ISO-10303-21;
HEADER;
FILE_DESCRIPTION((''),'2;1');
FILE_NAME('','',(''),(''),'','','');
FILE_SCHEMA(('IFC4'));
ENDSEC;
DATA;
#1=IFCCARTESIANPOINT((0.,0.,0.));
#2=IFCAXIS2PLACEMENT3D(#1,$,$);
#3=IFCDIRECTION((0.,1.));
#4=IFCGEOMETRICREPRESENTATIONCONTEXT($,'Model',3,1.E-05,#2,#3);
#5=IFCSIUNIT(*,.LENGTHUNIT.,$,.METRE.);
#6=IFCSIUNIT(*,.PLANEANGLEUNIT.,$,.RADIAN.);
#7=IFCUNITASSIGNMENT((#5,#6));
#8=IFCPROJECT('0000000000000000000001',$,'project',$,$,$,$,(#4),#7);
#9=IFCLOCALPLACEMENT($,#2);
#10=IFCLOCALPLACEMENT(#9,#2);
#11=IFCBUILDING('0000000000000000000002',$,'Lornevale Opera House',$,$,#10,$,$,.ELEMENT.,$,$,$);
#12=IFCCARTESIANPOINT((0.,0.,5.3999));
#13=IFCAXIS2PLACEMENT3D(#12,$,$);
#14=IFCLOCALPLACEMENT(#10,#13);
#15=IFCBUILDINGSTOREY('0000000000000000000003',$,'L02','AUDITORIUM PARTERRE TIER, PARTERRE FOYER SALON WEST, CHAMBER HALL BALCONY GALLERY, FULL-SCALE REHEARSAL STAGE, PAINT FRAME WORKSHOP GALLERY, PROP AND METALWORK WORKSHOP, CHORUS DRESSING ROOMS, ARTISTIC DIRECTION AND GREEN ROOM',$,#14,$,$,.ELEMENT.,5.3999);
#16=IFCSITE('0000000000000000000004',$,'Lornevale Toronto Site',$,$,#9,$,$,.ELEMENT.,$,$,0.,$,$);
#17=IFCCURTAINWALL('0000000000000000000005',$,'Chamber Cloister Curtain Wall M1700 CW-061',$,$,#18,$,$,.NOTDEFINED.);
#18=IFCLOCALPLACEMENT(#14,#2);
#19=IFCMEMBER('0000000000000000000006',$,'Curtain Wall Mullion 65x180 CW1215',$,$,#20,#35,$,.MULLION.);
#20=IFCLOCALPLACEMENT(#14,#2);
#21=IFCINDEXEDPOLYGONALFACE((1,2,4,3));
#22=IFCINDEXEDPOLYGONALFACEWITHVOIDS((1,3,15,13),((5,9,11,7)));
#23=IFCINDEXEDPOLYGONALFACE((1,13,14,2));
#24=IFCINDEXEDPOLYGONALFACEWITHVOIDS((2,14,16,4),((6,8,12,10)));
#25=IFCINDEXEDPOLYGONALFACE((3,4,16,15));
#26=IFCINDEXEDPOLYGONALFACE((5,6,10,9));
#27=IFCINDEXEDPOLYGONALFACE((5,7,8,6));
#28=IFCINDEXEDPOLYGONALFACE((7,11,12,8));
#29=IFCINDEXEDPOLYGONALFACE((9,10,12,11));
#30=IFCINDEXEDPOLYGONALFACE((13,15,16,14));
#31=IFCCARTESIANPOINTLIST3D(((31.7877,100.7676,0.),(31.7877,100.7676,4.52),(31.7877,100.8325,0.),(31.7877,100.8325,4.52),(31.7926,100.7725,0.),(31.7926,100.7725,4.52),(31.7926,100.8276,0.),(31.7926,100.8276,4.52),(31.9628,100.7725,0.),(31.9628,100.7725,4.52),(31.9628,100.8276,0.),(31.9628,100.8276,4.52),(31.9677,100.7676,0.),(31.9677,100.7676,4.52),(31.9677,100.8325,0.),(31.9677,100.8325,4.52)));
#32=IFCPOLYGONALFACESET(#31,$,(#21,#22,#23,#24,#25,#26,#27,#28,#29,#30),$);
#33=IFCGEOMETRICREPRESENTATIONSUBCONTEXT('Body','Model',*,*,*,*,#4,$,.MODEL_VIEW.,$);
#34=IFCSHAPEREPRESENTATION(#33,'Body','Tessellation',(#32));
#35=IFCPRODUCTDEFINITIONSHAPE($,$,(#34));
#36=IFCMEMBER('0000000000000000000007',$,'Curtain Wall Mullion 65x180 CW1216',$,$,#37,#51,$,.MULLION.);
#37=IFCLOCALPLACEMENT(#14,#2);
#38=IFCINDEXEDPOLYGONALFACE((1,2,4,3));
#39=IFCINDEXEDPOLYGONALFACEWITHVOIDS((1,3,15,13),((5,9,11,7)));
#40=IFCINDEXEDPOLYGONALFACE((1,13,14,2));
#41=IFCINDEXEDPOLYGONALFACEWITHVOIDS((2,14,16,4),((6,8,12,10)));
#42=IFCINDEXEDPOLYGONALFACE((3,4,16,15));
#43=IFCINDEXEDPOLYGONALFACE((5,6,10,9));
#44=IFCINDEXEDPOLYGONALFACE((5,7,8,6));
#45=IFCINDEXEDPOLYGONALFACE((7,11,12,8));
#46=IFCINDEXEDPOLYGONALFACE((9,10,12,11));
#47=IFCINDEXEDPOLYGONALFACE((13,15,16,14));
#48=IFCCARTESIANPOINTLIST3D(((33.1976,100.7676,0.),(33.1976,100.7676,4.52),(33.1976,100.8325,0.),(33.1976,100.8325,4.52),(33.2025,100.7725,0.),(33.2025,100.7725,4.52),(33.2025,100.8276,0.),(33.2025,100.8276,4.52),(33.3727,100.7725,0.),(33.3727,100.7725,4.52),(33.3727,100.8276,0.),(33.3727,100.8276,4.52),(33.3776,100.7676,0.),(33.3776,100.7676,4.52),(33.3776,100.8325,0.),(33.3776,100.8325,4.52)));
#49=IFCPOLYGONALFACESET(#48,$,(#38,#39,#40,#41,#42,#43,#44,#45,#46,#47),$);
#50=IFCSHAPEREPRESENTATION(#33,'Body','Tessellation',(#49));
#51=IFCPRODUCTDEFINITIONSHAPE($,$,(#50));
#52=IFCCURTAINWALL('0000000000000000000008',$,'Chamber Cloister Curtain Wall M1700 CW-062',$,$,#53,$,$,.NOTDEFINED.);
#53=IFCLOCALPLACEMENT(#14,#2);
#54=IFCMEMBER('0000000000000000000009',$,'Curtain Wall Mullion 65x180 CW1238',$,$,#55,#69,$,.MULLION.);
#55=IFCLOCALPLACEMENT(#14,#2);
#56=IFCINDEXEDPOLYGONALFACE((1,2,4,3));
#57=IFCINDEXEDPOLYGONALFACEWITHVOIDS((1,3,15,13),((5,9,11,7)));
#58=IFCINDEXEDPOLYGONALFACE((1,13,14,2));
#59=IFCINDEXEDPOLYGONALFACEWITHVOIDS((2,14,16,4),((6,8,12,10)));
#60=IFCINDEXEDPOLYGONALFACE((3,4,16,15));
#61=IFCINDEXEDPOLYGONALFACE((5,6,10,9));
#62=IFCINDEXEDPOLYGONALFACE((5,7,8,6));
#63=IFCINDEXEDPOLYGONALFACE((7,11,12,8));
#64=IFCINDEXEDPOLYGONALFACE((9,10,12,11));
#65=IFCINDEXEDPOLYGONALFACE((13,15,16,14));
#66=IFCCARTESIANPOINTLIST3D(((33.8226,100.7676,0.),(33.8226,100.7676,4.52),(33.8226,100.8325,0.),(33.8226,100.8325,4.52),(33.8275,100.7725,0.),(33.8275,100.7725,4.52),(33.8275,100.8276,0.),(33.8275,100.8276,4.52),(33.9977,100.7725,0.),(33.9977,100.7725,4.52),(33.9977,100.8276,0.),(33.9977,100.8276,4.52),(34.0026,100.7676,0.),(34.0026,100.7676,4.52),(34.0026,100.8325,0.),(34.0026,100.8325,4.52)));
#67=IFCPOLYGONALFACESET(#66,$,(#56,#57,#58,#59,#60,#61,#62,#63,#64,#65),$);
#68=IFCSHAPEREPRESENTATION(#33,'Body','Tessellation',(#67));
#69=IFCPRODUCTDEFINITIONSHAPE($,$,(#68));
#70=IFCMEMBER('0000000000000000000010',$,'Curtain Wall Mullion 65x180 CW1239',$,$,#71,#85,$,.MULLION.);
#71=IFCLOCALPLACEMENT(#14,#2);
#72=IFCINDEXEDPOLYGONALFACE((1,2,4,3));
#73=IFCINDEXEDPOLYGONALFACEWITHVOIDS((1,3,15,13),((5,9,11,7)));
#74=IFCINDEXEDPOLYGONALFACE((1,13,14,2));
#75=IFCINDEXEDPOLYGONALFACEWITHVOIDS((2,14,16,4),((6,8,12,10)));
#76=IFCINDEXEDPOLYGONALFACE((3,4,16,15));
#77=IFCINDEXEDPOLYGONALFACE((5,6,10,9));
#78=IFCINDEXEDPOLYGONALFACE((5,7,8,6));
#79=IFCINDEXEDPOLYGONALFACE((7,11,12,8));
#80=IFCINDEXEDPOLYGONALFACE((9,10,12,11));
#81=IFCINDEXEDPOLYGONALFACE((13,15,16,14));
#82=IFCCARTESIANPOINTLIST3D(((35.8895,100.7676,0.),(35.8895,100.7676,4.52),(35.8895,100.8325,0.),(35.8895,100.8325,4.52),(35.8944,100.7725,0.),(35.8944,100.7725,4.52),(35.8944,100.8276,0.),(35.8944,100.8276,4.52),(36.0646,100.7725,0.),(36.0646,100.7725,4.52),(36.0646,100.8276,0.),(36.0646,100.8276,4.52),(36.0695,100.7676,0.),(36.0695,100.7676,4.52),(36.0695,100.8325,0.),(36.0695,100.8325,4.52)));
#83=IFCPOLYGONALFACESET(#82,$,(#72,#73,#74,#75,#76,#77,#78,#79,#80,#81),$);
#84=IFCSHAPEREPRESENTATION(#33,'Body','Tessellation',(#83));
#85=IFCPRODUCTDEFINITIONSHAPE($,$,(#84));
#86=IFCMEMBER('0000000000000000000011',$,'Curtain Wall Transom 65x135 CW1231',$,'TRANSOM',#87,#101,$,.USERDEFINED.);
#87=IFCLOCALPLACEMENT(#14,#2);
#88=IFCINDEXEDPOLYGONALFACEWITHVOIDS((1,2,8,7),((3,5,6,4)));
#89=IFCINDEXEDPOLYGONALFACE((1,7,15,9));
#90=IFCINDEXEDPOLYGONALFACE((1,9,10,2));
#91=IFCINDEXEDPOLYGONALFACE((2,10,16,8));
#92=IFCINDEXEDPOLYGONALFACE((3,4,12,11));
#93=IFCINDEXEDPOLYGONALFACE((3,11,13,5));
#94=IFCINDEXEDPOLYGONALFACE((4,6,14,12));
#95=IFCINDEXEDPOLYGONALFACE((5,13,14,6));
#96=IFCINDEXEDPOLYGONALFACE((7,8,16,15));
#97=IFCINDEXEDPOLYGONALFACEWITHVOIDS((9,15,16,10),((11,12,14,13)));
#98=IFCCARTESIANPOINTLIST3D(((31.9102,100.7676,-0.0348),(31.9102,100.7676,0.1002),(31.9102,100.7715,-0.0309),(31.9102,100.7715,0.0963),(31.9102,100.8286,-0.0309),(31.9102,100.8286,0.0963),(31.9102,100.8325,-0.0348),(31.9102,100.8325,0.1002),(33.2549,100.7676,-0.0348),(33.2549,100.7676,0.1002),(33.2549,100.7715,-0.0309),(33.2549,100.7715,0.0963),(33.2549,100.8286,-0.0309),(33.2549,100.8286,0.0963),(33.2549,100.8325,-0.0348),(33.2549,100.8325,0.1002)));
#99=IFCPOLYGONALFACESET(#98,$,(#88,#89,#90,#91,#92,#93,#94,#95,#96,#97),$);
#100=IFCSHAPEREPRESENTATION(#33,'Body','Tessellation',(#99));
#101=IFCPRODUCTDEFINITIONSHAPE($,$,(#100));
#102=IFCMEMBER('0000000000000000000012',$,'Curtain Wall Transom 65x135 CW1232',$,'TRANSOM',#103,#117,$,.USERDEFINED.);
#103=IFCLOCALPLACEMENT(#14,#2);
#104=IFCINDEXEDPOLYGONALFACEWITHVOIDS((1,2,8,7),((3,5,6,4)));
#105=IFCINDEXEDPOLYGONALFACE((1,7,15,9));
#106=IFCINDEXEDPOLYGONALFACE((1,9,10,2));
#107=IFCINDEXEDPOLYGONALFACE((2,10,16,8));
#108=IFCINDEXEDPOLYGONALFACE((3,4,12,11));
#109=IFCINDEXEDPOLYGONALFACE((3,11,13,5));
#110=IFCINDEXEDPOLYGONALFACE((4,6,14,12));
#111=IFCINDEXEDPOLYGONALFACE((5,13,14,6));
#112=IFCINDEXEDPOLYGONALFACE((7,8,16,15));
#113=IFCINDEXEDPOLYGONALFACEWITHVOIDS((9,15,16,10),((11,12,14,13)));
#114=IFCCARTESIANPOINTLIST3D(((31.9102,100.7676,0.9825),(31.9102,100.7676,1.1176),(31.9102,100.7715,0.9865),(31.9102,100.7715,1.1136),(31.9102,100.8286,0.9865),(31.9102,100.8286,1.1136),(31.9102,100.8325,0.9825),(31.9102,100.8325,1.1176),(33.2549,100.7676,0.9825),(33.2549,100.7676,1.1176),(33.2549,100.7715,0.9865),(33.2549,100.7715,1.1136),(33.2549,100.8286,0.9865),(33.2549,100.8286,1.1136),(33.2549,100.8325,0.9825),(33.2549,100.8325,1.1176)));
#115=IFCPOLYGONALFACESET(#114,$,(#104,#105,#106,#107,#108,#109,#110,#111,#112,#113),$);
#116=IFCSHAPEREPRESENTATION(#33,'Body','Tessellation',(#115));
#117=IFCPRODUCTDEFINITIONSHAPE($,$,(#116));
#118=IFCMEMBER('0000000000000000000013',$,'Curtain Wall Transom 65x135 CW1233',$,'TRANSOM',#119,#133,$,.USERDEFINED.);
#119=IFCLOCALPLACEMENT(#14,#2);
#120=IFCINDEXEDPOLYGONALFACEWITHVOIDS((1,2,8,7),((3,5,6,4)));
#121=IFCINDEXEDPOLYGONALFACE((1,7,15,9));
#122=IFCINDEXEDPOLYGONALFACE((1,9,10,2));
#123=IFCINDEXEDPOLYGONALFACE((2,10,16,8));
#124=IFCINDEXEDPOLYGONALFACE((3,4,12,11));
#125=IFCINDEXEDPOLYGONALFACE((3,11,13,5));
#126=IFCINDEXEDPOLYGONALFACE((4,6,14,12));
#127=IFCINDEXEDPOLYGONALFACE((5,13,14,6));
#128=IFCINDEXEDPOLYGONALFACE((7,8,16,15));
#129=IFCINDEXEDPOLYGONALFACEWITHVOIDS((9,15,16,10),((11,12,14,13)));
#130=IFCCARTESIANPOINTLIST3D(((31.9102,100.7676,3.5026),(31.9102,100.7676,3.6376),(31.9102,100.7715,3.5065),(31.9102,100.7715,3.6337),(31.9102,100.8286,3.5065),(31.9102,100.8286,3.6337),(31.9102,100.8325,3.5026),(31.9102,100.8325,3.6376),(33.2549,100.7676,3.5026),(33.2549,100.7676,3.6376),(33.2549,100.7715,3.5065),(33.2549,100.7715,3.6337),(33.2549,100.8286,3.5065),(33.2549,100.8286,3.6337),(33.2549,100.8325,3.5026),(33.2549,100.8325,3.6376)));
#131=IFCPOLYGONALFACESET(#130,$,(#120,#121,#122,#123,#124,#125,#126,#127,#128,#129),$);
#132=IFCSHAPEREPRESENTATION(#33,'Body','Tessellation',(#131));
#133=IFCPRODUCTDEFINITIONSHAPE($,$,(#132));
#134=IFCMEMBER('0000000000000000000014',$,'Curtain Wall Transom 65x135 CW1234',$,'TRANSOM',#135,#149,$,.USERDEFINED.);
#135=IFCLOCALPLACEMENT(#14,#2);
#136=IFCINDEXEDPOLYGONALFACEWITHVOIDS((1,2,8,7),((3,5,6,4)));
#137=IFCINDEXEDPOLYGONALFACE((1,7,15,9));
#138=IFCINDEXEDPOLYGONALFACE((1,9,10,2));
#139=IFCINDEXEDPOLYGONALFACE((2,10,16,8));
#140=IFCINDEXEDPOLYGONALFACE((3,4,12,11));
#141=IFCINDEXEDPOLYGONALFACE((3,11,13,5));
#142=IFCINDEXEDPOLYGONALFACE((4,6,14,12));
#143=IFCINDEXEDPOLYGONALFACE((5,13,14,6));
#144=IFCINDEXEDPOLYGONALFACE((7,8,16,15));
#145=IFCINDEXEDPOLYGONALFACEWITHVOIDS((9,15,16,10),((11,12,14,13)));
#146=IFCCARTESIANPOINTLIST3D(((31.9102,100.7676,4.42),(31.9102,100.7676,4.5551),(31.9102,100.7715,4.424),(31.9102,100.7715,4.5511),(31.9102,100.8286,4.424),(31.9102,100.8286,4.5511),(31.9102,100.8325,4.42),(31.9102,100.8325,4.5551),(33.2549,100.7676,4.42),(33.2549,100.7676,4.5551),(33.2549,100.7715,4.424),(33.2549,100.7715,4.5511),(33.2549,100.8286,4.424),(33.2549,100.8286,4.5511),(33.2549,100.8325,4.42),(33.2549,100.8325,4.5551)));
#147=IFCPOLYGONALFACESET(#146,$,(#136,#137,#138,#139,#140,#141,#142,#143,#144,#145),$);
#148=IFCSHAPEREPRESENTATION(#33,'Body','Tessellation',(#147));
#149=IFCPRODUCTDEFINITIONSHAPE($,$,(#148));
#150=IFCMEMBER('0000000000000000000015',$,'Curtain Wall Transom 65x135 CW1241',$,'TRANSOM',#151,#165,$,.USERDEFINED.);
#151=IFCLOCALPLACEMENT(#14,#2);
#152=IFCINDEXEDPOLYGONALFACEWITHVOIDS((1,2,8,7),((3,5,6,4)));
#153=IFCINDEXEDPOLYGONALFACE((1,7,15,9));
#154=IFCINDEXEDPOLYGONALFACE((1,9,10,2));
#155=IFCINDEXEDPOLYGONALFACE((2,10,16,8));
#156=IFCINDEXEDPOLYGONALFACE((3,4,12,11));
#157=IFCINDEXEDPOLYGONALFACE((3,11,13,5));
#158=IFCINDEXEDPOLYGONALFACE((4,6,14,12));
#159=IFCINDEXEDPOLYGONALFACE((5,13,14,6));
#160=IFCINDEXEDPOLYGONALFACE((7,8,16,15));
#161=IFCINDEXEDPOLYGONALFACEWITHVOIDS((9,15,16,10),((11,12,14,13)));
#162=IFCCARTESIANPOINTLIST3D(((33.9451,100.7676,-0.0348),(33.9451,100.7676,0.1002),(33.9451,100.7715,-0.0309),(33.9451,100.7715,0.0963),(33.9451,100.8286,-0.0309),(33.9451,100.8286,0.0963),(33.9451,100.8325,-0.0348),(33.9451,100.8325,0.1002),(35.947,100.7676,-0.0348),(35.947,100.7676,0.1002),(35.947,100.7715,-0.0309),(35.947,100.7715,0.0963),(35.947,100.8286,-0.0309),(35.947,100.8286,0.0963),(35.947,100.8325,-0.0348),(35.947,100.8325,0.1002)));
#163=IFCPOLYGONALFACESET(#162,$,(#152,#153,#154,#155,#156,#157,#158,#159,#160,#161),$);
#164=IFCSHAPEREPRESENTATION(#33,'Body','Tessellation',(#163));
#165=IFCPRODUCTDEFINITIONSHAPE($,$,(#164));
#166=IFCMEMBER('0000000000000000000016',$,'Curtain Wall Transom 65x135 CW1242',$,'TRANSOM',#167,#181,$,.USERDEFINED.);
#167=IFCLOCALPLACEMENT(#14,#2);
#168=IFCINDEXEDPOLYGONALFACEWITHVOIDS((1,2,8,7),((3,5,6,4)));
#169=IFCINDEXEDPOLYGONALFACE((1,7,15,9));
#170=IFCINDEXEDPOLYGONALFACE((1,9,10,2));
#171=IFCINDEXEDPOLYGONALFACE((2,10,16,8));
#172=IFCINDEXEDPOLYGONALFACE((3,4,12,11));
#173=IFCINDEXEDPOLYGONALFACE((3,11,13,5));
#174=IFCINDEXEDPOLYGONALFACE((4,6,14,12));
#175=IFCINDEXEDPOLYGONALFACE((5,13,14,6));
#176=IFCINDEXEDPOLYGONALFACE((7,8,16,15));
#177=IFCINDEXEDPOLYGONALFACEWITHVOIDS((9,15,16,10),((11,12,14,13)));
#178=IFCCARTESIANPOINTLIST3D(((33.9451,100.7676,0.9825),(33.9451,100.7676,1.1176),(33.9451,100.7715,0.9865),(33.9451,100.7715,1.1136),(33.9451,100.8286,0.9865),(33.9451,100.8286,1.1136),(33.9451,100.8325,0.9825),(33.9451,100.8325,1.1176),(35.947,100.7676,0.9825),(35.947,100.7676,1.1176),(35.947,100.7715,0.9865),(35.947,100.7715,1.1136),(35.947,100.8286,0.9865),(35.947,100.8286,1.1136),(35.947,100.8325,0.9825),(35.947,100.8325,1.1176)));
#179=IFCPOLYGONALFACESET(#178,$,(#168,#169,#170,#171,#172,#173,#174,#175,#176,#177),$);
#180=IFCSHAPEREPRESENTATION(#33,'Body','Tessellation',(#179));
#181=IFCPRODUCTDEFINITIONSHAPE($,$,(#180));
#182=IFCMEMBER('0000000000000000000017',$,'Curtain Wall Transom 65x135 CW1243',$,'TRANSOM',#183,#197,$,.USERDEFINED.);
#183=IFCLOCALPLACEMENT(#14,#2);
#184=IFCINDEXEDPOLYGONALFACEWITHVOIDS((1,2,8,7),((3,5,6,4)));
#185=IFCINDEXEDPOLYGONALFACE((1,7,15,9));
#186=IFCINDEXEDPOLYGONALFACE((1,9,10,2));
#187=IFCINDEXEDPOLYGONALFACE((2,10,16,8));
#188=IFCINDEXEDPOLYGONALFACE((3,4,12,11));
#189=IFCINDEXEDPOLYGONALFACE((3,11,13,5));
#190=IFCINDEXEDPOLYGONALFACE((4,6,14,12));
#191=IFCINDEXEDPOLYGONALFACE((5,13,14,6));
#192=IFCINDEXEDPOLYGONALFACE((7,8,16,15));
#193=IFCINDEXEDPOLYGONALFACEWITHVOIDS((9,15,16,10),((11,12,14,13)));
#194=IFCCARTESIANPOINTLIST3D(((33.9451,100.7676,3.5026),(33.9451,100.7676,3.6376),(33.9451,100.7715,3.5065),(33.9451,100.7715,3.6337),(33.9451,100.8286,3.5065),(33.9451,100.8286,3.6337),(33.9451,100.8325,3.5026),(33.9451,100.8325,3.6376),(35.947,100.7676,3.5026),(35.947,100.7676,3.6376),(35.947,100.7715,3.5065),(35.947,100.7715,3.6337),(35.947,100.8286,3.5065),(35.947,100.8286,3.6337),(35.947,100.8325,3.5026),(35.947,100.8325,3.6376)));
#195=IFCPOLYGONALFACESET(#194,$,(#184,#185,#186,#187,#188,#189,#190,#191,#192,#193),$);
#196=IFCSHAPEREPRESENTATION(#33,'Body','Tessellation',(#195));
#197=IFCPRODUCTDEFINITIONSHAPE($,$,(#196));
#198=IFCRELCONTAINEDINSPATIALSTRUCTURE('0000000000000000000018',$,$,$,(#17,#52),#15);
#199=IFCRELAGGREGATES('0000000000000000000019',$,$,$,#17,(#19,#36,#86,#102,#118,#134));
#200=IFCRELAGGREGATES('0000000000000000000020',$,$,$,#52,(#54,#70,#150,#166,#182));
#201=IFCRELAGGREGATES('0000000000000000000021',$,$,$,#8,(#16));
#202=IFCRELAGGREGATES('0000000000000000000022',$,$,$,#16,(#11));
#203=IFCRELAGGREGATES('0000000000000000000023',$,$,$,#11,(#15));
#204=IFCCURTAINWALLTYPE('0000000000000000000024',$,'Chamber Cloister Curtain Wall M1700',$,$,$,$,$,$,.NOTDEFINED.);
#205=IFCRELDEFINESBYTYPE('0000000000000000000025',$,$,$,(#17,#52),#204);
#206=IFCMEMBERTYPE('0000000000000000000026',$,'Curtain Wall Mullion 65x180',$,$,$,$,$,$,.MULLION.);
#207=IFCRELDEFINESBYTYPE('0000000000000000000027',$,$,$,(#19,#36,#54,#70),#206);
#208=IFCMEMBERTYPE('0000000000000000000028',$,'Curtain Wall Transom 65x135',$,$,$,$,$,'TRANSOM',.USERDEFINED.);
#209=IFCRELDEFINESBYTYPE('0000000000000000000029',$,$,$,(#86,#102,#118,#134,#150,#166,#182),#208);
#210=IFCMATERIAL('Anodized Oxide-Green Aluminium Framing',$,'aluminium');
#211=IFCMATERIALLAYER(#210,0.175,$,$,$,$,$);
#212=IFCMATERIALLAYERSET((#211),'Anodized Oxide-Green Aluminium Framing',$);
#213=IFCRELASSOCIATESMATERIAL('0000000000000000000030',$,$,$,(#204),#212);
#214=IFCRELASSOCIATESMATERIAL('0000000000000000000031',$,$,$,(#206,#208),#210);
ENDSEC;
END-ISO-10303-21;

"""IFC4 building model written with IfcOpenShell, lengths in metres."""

from ifc_helpers import new_model, si_unit, direction, frame, origin, origin_2d, place, context, subcontext, project, spatial, hollow_rectangle, extrude, material, layer, layer_set, material_profile, profile_set, type_object, element, aggregate, save


model = new_model("IFC4")

# Units and contexts
model_context = context("Model", 3, precision=1e-05, world=origin(), true_north=direction((0.0, 1.0)))
body_context = subcontext(model_context, "Body", "Model", "MODEL_VIEW")
ifc_project = project(units=[si_unit("LENGTHUNIT", "METRE"), si_unit("PLANEANGLEUNIT", "RADIAN")], contexts=[model_context])

# Site, building, storey
site_placement = place(None, origin())
site = spatial("IfcSite", under=ifc_project, at=site_placement, Name="Lornevale Toronto Site", CompositionType="ELEMENT", RefElevation=0.0)
building_placement = place(site_placement, origin())
building = spatial("IfcBuilding", under=site, at=building_placement, Name="Lornevale Opera House", CompositionType="ELEMENT")
storey_placement = place(building_placement, frame((0.0, 0.0, 5.3999)))
storey = spatial("IfcBuildingStorey", under=building, at=storey_placement, Name="L02", Description="AUDITORIUM PARTERRE TIER, PARTERRE FOYER SALON WEST, CHAMBER HALL BALCONY GALLERY, FULL-SCALE REHEARSAL STAGE, PAINT FRAME WORKSHOP GALLERY, PROP AND METALWORK WORKSHOP, CHORUS DRESSING ROOMS, ARTISTIC DIRECTION AND GREEN ROOM", CompositionType="ELEMENT", Elevation=5.3999)

# Curtain walls, members
ifc_material_1 = material(Name="Anodized Oxide-Green Aluminium Framing", Category="aluminium")
ifc_layer_1 = layer(ifc_material_1, 0.175)
ifc_layer_set_1 = layer_set([ifc_layer_1], Name="Anodized Oxide-Green Aluminium Framing")
curtain_wall_type = type_object("IfcCurtainWallType", Name="Chamber Cloister Curtain Wall M1700", PredefinedType="NOTDEFINED", material=ifc_layer_set_1)
curtain_wall_1_placement = place(storey_placement, origin())
curtain_wall_1 = element("IfcCurtainWall", 1, at=curtain_wall_1_placement, inside=storey, type_object=curtain_wall_type, Name="Chamber Cloister Curtain Wall M1700 CW-061", PredefinedType="NOTDEFINED")
ifc_material_profile_1 = material_profile(ifc_material_1, hollow_rectangle(XDim=0.0649, YDim=0.1799, WallThickness=0.0049, at=origin_2d()), Name="ALU65x180x5")
ifc_profile_set_1 = profile_set([ifc_material_profile_1], Name="Anodized Oxide-Green Aluminium Framing")
member_type_1 = type_object("IfcMemberType", Name="Curtain Wall Mullion 65x180", PredefinedType="MULLION", material=ifc_profile_set_1)
member_1_placement = place(storey_placement, frame((31.8777, 100.8, 0.0), z_axis=(0.0, 0.0, 1.0), x_axis=(0.0, 1.0, 0.0)))
member_1 = element("IfcMember", 2, at=member_1_placement, type_object=member_type_1, Name="Curtain Wall Mullion 65x180 CW1215", PredefinedType="MULLION", context=body_context, shape_type="SweptSolid", body=[
    extrude(hollow_rectangle(XDim=0.0649, YDim=0.1799, WallThickness=0.0049, at=origin_2d()), origin(), (0.0, 0.0, 1.0), 4.52),
])
member_2_placement = place(storey_placement, frame((33.2876, 100.8, 0.0), z_axis=(0.0, 0.0, 1.0), x_axis=(0.0, 1.0, 0.0)))
member_2 = element("IfcMember", 3, at=member_2_placement, type_object=member_type_1, Name="Curtain Wall Mullion 65x180 CW1216", PredefinedType="MULLION", context=body_context, shape_type="SweptSolid", body=[
    extrude(hollow_rectangle(XDim=0.0649, YDim=0.1799, WallThickness=0.0049, at=origin_2d()), origin(), (0.0, 0.0, 1.0), 4.52),
])
curtain_wall_2_placement = place(storey_placement, origin())
curtain_wall_2 = element("IfcCurtainWall", 4, at=curtain_wall_2_placement, inside=storey, type_object=curtain_wall_type, Name="Chamber Cloister Curtain Wall M1700 CW-062", PredefinedType="NOTDEFINED")
member_3_placement = place(storey_placement, frame((33.9126, 100.8, 0.0), z_axis=(0.0, 0.0, 1.0), x_axis=(0.0, 1.0, 0.0)))
member_3 = element("IfcMember", 5, at=member_3_placement, type_object=member_type_1, Name="Curtain Wall Mullion 65x180 CW1238", PredefinedType="MULLION", context=body_context, shape_type="SweptSolid", body=[
    extrude(hollow_rectangle(XDim=0.0649, YDim=0.1799, WallThickness=0.0049, at=origin_2d()), origin(), (0.0, 0.0, 1.0), 4.52),
])
member_4_placement = place(storey_placement, frame((35.9795, 100.8, 0.0), z_axis=(0.0, 0.0, 1.0), x_axis=(0.0, 1.0, 0.0)))
member_4 = element("IfcMember", 6, at=member_4_placement, type_object=member_type_1, Name="Curtain Wall Mullion 65x180 CW1239", PredefinedType="MULLION", context=body_context, shape_type="SweptSolid", body=[
    extrude(hollow_rectangle(XDim=0.0649, YDim=0.1799, WallThickness=0.0049, at=origin_2d()), origin(), (0.0, 0.0, 1.0), 4.52),
])

# Members
ifc_material_profile_2 = material_profile(ifc_material_1, hollow_rectangle(XDim=0.0649, YDim=0.135, WallThickness=0.0039, at=origin_2d()), Name="ALU65x135x4")
ifc_profile_set_2 = profile_set([ifc_material_profile_2], Name="Anodized Oxide-Green Aluminium Framing")
member_type_2 = type_object("IfcMemberType", Name="Curtain Wall Transom 65x135", ElementType="TRANSOM", PredefinedType="USERDEFINED", material=ifc_profile_set_2)
member_5_placement = place(storey_placement, frame((31.9102, 100.8, 0.0327), z_axis=(1.0, 0.0, 0.0), x_axis=(0.0, 1.0, 0.0)))
member_5 = element("IfcMember", 7, at=member_5_placement, type_object=member_type_2, Name="Curtain Wall Transom 65x135 CW1231", ObjectType="TRANSOM", PredefinedType="USERDEFINED", context=body_context, shape_type="SweptSolid", body=[
    extrude(hollow_rectangle(XDim=0.0649, YDim=0.135, WallThickness=0.0039, at=origin_2d()), origin(), (0.0, 0.0, 1.0), 1.3447),
])
member_6_placement = place(storey_placement, frame((31.9102, 100.8, 1.05), z_axis=(1.0, 0.0, 0.0), x_axis=(0.0, 1.0, 0.0)))
member_6 = element("IfcMember", 8, at=member_6_placement, type_object=member_type_2, Name="Curtain Wall Transom 65x135 CW1232", ObjectType="TRANSOM", PredefinedType="USERDEFINED", context=body_context, shape_type="SweptSolid", body=[
    extrude(hollow_rectangle(XDim=0.0649, YDim=0.135, WallThickness=0.0039, at=origin_2d()), origin(), (0.0, 0.0, 1.0), 1.3447),
])
member_7_placement = place(storey_placement, frame((31.9102, 100.8, 3.5701), z_axis=(1.0, 0.0, 0.0), x_axis=(0.0, 1.0, 0.0)))
member_7 = element("IfcMember", 9, at=member_7_placement, type_object=member_type_2, Name="Curtain Wall Transom 65x135 CW1233", ObjectType="TRANSOM", PredefinedType="USERDEFINED", context=body_context, shape_type="SweptSolid", body=[
    extrude(hollow_rectangle(XDim=0.0649, YDim=0.135, WallThickness=0.0039, at=origin_2d()), origin(), (0.0, 0.0, 1.0), 1.3447),
])
member_8_placement = place(storey_placement, frame((31.9102, 100.8, 4.4875), z_axis=(1.0, 0.0, 0.0), x_axis=(0.0, 1.0, 0.0)))
member_8 = element("IfcMember", 10, at=member_8_placement, type_object=member_type_2, Name="Curtain Wall Transom 65x135 CW1234", ObjectType="TRANSOM", PredefinedType="USERDEFINED", context=body_context, shape_type="SweptSolid", body=[
    extrude(hollow_rectangle(XDim=0.0649, YDim=0.135, WallThickness=0.0039, at=origin_2d()), origin(), (0.0, 0.0, 1.0), 1.3447),
])
member_9_placement = place(storey_placement, frame((33.9451, 100.8, 0.0327), z_axis=(1.0, 0.0, 0.0), x_axis=(0.0, 1.0, 0.0)))
member_9 = element("IfcMember", 11, at=member_9_placement, type_object=member_type_2, Name="Curtain Wall Transom 65x135 CW1241", ObjectType="TRANSOM", PredefinedType="USERDEFINED", context=body_context, shape_type="SweptSolid", body=[
    extrude(hollow_rectangle(XDim=0.0649, YDim=0.135, WallThickness=0.0039, at=origin_2d()), origin(), (0.0, 0.0, 1.0), 2.002),
])
member_10_placement = place(storey_placement, frame((33.9451, 100.8, 1.05), z_axis=(1.0, 0.0, 0.0), x_axis=(0.0, 1.0, 0.0)))
member_10 = element("IfcMember", 12, at=member_10_placement, type_object=member_type_2, Name="Curtain Wall Transom 65x135 CW1242", ObjectType="TRANSOM", PredefinedType="USERDEFINED", context=body_context, shape_type="SweptSolid", body=[
    extrude(hollow_rectangle(XDim=0.0649, YDim=0.135, WallThickness=0.0039, at=origin_2d()), origin(), (0.0, 0.0, 1.0), 2.002),
])
member_11_placement = place(storey_placement, frame((33.9451, 100.8, 3.5701), z_axis=(1.0, 0.0, 0.0), x_axis=(0.0, 1.0, 0.0)))
member_11 = element("IfcMember", 13, at=member_11_placement, type_object=member_type_2, Name="Curtain Wall Transom 65x135 CW1243", ObjectType="TRANSOM", PredefinedType="USERDEFINED", context=body_context, shape_type="SweptSolid", body=[
    extrude(hollow_rectangle(XDim=0.0649, YDim=0.135, WallThickness=0.0039, at=origin_2d()), origin(), (0.0, 0.0, 1.0), 2.002),
])

aggregate(curtain_wall_1, [member_1, member_2, member_5, member_6, member_7, member_8])
aggregate(curtain_wall_2, [member_3, member_4, member_9, member_10, member_11])

save(model, "model.ifc")
